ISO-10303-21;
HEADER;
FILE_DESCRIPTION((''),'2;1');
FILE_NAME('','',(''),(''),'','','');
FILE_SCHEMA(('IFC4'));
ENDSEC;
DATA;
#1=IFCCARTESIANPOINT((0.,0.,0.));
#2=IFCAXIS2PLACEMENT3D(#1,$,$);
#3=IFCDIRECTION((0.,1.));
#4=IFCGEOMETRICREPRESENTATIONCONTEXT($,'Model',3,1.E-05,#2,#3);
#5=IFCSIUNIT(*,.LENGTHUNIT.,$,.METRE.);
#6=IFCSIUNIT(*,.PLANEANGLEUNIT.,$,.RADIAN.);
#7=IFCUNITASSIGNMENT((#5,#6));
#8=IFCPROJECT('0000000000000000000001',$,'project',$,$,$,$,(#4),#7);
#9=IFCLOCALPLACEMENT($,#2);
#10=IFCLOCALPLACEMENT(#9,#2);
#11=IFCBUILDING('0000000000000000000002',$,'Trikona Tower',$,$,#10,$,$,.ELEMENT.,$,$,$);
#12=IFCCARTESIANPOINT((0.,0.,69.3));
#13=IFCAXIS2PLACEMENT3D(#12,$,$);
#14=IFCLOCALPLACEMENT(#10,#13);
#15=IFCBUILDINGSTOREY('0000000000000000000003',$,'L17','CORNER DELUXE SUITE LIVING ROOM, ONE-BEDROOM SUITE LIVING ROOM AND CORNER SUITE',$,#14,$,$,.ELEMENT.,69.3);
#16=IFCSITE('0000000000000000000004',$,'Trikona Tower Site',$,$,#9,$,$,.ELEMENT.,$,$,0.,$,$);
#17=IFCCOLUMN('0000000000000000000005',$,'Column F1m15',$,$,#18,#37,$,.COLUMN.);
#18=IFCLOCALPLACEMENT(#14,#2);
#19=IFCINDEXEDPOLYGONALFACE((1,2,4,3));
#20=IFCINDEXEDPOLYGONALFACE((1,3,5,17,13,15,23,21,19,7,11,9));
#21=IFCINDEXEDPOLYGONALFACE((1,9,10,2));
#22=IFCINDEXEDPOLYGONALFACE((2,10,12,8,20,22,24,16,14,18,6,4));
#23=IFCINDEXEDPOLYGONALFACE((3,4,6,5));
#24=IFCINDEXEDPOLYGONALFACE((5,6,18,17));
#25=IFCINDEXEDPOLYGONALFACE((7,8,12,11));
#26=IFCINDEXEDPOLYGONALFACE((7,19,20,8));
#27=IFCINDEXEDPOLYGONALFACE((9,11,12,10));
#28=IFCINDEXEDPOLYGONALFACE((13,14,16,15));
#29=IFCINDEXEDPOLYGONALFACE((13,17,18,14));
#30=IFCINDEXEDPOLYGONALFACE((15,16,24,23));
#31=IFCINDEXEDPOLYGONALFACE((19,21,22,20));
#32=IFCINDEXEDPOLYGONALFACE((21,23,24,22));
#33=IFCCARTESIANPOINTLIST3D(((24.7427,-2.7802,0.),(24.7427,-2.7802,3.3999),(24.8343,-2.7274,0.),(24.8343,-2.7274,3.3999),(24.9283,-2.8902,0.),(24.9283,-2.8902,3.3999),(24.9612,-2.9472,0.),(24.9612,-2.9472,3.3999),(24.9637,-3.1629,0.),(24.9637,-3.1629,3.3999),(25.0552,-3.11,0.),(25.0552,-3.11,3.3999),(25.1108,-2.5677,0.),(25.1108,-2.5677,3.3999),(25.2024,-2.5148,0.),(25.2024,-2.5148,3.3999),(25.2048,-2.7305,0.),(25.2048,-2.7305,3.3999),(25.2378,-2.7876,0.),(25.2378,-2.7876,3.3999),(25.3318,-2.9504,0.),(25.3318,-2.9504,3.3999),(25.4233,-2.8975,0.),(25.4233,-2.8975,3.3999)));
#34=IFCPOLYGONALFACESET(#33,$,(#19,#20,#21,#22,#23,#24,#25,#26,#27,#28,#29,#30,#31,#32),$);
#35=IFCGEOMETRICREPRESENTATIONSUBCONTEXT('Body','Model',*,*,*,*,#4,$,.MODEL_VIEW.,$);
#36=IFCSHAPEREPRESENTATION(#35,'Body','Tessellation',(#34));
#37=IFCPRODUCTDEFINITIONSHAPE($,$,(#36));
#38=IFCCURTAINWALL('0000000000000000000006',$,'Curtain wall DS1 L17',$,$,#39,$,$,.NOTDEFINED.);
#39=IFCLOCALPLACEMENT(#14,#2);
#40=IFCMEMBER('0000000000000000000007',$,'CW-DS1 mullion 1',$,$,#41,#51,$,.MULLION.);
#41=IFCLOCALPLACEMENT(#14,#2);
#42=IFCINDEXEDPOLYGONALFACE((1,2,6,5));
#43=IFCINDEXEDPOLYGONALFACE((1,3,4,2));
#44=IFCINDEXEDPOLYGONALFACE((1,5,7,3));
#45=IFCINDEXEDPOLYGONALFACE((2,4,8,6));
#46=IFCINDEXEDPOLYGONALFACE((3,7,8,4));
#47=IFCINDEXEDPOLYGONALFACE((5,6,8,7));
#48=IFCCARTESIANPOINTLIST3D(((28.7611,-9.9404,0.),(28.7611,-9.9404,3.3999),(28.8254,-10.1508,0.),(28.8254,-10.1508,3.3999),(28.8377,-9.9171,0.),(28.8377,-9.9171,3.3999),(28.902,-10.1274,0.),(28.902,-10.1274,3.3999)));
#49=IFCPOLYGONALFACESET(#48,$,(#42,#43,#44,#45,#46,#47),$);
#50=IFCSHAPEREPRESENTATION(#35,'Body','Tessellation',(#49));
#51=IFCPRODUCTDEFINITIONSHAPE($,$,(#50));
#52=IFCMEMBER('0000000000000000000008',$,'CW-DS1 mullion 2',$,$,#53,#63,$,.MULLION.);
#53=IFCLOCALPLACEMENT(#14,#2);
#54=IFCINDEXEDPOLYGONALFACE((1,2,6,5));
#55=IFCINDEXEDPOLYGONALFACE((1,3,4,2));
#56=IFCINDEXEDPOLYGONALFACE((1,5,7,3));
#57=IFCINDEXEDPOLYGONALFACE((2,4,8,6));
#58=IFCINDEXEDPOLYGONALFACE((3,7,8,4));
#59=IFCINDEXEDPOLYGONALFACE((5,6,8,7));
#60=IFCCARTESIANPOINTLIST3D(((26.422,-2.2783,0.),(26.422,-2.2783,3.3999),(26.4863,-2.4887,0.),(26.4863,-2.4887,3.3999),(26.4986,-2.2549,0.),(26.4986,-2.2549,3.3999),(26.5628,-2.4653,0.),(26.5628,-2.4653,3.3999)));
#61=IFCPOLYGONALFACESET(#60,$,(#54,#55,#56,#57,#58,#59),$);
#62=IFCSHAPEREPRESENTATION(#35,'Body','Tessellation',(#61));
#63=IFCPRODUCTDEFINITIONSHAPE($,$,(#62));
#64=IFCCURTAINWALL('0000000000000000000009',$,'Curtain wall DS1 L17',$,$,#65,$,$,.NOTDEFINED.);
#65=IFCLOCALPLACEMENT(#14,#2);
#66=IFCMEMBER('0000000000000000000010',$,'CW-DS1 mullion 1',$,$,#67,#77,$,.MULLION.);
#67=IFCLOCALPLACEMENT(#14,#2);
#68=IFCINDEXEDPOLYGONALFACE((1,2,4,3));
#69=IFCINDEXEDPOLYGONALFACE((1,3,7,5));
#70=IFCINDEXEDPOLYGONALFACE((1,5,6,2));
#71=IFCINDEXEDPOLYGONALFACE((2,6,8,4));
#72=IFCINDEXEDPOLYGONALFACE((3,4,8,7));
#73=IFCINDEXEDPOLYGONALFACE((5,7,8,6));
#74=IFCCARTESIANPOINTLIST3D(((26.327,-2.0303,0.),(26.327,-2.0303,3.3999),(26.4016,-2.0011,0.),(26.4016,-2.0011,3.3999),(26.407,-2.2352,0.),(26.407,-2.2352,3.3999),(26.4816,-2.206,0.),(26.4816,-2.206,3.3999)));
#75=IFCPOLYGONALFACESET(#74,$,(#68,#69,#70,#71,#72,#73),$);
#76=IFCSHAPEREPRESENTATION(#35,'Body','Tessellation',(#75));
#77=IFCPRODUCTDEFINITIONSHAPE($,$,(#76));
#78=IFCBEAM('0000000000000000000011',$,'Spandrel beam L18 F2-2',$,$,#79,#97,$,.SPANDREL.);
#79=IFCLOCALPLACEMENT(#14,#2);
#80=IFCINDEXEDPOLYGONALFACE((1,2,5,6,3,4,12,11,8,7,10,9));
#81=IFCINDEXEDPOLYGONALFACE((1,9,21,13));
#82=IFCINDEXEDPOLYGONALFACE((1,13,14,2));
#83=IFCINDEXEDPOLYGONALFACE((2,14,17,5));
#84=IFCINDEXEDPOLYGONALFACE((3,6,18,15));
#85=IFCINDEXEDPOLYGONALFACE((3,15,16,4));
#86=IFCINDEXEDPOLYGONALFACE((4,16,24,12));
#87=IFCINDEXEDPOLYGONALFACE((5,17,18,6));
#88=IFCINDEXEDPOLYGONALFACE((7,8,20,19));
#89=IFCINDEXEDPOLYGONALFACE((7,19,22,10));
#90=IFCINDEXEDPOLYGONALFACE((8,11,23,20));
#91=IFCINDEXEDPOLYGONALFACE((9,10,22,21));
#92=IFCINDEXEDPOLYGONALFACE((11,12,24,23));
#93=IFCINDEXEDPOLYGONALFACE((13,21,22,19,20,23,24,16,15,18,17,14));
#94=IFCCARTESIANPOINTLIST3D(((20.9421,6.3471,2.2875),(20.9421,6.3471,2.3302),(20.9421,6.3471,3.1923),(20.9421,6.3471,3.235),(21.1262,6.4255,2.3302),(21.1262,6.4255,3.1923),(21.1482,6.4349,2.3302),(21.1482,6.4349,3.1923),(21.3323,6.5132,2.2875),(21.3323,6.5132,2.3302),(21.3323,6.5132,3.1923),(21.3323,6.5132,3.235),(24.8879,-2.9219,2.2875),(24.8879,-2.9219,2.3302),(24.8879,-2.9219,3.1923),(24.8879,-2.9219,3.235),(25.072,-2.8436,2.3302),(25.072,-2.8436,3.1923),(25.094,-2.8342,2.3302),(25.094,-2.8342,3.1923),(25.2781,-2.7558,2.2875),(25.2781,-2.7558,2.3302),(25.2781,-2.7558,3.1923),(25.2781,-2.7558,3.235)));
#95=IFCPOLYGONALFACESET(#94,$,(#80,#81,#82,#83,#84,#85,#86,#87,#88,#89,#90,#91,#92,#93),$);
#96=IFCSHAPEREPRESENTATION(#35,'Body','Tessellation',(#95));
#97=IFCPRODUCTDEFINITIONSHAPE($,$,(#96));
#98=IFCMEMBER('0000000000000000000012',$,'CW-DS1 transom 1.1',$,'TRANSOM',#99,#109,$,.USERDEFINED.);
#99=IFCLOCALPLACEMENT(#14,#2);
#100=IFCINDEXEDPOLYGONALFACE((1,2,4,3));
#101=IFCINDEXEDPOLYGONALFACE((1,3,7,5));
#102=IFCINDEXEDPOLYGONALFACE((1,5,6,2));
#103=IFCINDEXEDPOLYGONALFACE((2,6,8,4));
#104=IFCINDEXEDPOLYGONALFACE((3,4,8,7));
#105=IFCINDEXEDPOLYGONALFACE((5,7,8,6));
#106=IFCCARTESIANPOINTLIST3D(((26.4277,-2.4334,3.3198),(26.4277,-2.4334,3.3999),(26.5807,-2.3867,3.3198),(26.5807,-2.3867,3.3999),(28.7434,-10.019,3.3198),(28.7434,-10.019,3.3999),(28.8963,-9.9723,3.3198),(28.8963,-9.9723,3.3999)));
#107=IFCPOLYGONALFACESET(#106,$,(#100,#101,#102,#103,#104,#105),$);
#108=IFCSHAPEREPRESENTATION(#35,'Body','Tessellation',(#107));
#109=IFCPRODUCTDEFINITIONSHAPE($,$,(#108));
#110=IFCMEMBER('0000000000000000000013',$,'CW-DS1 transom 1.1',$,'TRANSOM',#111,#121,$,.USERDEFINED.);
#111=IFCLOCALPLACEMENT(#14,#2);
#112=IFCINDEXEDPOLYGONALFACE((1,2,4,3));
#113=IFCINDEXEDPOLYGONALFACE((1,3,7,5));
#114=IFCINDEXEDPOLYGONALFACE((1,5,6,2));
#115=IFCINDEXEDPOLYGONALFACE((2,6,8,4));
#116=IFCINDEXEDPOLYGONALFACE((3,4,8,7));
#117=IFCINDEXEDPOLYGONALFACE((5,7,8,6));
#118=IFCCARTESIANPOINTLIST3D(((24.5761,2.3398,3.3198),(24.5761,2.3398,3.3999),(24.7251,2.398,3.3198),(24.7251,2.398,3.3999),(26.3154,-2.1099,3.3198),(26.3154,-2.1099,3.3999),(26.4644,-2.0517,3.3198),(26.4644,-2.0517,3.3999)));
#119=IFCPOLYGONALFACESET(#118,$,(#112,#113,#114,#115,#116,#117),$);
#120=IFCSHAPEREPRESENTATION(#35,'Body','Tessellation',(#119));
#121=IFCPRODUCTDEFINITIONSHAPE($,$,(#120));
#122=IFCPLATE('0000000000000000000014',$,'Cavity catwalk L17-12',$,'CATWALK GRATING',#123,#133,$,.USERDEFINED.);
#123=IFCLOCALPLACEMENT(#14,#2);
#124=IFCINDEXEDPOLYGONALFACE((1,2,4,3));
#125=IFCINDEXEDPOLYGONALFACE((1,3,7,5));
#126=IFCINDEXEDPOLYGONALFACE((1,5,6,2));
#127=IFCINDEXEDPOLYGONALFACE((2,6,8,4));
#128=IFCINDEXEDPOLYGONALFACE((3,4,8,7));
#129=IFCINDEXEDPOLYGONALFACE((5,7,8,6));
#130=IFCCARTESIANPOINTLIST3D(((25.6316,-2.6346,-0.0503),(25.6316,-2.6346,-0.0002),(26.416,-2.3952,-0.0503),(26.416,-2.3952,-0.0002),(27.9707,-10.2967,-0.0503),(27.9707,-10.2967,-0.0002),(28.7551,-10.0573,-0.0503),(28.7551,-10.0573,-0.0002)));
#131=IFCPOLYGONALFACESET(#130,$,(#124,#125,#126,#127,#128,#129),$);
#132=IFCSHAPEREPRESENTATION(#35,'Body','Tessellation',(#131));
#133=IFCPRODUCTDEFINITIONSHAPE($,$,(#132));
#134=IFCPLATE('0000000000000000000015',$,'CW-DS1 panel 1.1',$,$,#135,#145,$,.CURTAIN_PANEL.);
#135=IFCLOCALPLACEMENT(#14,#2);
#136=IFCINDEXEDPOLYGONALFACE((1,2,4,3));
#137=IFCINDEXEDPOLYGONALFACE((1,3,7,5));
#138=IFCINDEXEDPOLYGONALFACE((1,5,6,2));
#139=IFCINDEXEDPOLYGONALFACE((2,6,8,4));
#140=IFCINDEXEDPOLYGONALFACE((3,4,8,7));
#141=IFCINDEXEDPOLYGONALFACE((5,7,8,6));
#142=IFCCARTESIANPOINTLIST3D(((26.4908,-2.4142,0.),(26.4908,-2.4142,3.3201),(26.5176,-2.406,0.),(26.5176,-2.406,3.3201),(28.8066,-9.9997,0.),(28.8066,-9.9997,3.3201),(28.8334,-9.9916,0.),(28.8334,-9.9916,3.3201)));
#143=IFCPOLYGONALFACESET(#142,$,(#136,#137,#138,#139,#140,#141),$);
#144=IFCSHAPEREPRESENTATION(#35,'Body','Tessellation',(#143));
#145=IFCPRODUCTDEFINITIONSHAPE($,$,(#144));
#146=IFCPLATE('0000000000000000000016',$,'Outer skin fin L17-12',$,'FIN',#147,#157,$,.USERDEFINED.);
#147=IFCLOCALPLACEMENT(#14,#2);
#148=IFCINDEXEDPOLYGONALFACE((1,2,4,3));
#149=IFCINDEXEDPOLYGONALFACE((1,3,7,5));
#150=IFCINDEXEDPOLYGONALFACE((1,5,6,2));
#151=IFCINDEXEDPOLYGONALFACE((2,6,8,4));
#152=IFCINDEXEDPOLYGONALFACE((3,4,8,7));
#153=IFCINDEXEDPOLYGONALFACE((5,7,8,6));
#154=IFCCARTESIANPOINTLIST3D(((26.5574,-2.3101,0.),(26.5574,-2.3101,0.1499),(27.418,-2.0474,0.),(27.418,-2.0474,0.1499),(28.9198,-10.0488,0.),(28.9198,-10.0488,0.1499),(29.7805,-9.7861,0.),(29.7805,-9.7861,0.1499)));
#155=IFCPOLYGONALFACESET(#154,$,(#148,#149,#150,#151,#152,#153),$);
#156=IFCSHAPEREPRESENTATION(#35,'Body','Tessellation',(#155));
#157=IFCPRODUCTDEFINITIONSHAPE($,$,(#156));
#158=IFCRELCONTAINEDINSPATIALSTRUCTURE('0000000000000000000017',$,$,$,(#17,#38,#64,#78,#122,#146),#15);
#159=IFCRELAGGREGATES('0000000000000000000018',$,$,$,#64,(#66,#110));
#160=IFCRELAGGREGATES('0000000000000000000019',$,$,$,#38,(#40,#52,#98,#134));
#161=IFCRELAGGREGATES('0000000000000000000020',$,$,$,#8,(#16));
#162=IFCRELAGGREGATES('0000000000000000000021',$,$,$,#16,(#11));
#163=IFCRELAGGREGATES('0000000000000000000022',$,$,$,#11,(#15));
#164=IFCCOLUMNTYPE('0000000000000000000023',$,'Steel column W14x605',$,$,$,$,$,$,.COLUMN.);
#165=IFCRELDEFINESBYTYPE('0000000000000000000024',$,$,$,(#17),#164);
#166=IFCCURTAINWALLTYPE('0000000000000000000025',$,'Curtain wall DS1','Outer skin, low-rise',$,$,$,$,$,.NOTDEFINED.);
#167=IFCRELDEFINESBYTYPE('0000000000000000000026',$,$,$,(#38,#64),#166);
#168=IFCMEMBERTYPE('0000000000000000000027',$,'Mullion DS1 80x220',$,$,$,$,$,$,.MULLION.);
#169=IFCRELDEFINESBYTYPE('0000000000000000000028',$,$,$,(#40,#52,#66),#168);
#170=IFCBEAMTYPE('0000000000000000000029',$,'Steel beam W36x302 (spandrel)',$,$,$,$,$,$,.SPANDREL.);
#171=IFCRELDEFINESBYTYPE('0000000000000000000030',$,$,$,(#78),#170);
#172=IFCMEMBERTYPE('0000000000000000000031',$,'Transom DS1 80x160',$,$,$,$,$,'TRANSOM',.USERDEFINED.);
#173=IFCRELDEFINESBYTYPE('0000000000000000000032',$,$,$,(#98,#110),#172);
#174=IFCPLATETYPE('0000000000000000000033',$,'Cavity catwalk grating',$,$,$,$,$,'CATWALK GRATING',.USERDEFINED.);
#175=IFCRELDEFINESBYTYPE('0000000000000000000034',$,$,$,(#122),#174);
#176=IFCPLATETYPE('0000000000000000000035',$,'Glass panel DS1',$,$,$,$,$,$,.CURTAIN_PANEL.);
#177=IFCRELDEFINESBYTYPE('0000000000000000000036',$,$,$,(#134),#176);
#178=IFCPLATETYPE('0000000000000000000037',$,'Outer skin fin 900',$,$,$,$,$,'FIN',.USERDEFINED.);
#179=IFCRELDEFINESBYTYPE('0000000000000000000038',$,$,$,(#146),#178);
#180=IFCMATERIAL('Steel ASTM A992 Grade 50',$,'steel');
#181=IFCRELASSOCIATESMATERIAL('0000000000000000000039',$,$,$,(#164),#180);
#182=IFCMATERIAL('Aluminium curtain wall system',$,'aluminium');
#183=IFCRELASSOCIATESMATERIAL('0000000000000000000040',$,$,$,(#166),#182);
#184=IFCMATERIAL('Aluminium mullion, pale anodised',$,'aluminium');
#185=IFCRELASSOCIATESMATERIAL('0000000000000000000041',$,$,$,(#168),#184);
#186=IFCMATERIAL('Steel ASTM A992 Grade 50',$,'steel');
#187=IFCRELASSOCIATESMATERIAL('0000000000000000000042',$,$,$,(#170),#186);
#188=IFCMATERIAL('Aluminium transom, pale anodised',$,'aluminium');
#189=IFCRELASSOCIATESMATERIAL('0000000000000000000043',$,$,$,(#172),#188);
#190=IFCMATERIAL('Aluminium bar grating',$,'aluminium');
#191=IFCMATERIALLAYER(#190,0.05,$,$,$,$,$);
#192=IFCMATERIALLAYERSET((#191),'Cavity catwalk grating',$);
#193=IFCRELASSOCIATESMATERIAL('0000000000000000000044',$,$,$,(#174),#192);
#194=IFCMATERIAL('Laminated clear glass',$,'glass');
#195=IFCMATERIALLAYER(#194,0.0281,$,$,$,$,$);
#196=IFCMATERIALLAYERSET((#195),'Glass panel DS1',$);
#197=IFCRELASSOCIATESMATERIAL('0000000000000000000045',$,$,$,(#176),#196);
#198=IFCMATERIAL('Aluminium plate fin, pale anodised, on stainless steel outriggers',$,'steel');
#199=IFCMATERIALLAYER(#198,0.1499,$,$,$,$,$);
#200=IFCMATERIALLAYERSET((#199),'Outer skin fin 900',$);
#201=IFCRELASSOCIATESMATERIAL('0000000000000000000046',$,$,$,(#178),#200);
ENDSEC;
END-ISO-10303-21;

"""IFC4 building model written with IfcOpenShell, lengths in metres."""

from ifc_helpers import new_model, si_unit, direction, frame, origin, origin_2d, place, context, subcontext, project, spatial, rectangle, i_section, extrude, material, layer, layer_set, material_profile, profile_set, type_object, element, aggregate, save


model = new_model("IFC4")

# Units and contexts
model_context = context("Model", 3, precision=1e-05, world=origin(), true_north=direction((0.0, 1.0)))
body_context = subcontext(model_context, "Body", "Model", "MODEL_VIEW")
ifc_project = project(units=[si_unit("LENGTHUNIT", "METRE"), si_unit("PLANEANGLEUNIT", "RADIAN")], contexts=[model_context])

# Site, building, storey
site_placement = place(None, origin())
site = spatial("IfcSite", under=ifc_project, at=site_placement, Name="Trikona Tower Site", CompositionType="ELEMENT", RefElevation=0.0)
building_placement = place(site_placement, origin())
building = spatial("IfcBuilding", under=site, at=building_placement, Name="Trikona Tower", CompositionType="ELEMENT")
storey_placement = place(building_placement, frame((0.0, 0.0, 69.3)))
storey = spatial("IfcBuildingStorey", under=building, at=storey_placement, Name="L17", Description="CORNER DELUXE SUITE LIVING ROOM, ONE-BEDROOM SUITE LIVING ROOM AND CORNER SUITE", CompositionType="ELEMENT", Elevation=69.3)

# Column
ifc_material_1 = material(Name="Steel ASTM A992 Grade 50", Category="steel")
ifc_material_profile_1 = material_profile(ifc_material_1, i_section(OverallWidth=0.4419, OverallDepth=0.5308, WebThickness=0.0659, FlangeThickness=0.1057, at=origin_2d()), Name="W14X605")
ifc_profile_set_1 = profile_set([ifc_material_profile_1], Name="Steel ASTM A992 Grade 50")
column_type = type_object("IfcColumnType", Name="Steel column W14x605", PredefinedType="COLUMN", material=ifc_profile_set_1)
column_placement = place(storey_placement, frame((25.083, -2.8389, 0.0), z_axis=(0.0, 0.0, 1.0), x_axis=(-0.5, 0.866025, 0.0)))
element("IfcColumn", 1, at=column_placement, inside=storey, type_object=column_type, Name="Column F1m15", PredefinedType="COLUMN", context=body_context, shape_type="SweptSolid", body=[
    extrude(i_section(OverallWidth=0.4419, OverallDepth=0.5308, WebThickness=0.0659, FlangeThickness=0.1057, at=origin_2d()), origin(), (0.0, 0.0, 1.0), 3.3999),
])

# Curtain wall, members
ifc_material_2 = material(Name="Aluminium curtain wall system", Category="aluminium")
curtain_wall_type = type_object("IfcCurtainWallType", Name="Curtain wall DS1", Description="Outer skin, low-rise", PredefinedType="NOTDEFINED", material=ifc_material_2)
curtain_wall_1_placement = place(storey_placement, origin())
curtain_wall_1 = element("IfcCurtainWall", 2, at=curtain_wall_1_placement, inside=storey, type_object=curtain_wall_type, Name="Curtain wall DS1 L17", PredefinedType="NOTDEFINED")
ifc_material_3 = material(Name="Aluminium mullion, pale anodised", Category="aluminium")
ifc_material_profile_2 = material_profile(ifc_material_3, rectangle(XDim=0.0801, YDim=0.22, at=origin_2d()), Name="MUL-DS1")
ifc_profile_set_2 = profile_set([ifc_material_profile_2], Name="Aluminium mullion, pale anodised")
member_type_1 = type_object("IfcMemberType", Name="Mullion DS1 80x220", PredefinedType="MULLION", material=ifc_profile_set_2)
member_1_placement = place(storey_placement, frame((28.8315, -10.0339, 0.0), z_axis=(0.0, 0.0, 1.0), x_axis=(-0.956423, -0.291984, 0.0)))
member_1 = element("IfcMember", 3, at=member_1_placement, type_object=member_type_1, Name="CW-DS1 mullion 1", PredefinedType="MULLION", context=body_context, shape_type="SweptSolid", body=[
    extrude(rectangle(XDim=0.0801, YDim=0.22, at=origin_2d()), origin(), (0.0, 0.0, 1.0), 3.3999),
])
member_2_placement = place(storey_placement, frame((26.4924, -2.3718, 0.0), z_axis=(0.0, 0.0, 1.0), x_axis=(-0.956423, -0.291984, 0.0)))
member_2 = element("IfcMember", 4, at=member_2_placement, type_object=member_type_1, Name="CW-DS1 mullion 2", PredefinedType="MULLION", context=body_context, shape_type="SweptSolid", body=[
    extrude(rectangle(XDim=0.0801, YDim=0.22, at=origin_2d()), origin(), (0.0, 0.0, 1.0), 3.3999),
])

# Curtain wall, member
curtain_wall_2_placement = place(storey_placement, origin())
curtain_wall_2 = element("IfcCurtainWall", 5, at=curtain_wall_2_placement, inside=storey, type_object=curtain_wall_type, Name="Curtain wall DS1 L17", PredefinedType="NOTDEFINED")
member_3_placement = place(storey_placement, frame((26.4043, -2.1182, 0.0), z_axis=(0.0, 0.0, 1.0), x_axis=(-0.931396, -0.364008, 0.0)))
member_3 = element("IfcMember", 6, at=member_3_placement, type_object=member_type_1, Name="CW-DS1 mullion 1", PredefinedType="MULLION", context=body_context, shape_type="SweptSolid", body=[
    extrude(rectangle(XDim=0.0801, YDim=0.22, at=origin_2d()), origin(), (0.0, 0.0, 1.0), 3.3999),
])

# Beam
ifc_material_4 = material(Name="Steel ASTM A992 Grade 50", Category="steel")
ifc_material_profile_3 = material_profile(ifc_material_4, i_section(OverallWidth=0.4241, OverallDepth=0.9475, WebThickness=0.0239, FlangeThickness=0.0427, at=origin_2d()), Name="W36X302")
ifc_profile_set_3 = profile_set([ifc_material_profile_3], Name="Steel ASTM A992 Grade 50")
beam_type = type_object("IfcBeamType", Name="Steel beam W36x302 (spandrel)", PredefinedType="SPANDREL", material=ifc_profile_set_3)
beam_placement = place(storey_placement, frame((25.083, -2.8389, 2.7612), z_axis=(-0.391684, 0.9201, 0.0), x_axis=(-0.9201, -0.391684, 0.0)))
element("IfcBeam", 7, at=beam_placement, inside=storey, type_object=beam_type, Name="Spandrel beam L18 F2-2", PredefinedType="SPANDREL", context=body_context, shape_type="SweptSolid", body=[
    extrude(i_section(OverallWidth=0.4241, OverallDepth=0.9475, WebThickness=0.0239, FlangeThickness=0.0427, at=origin_2d()), origin(), (0.0, 0.0, 1.0), 10.074),
])

# Members
ifc_material_5 = material(Name="Aluminium transom, pale anodised", Category="aluminium")
ifc_material_profile_4 = material_profile(ifc_material_5, rectangle(XDim=0.1599, YDim=0.0801, at=origin_2d()), Name="TRN-DS1")
ifc_profile_set_4 = profile_set([ifc_material_profile_4], Name="Aluminium transom, pale anodised")
member_type_2 = type_object("IfcMemberType", Name="Transom DS1 80x160", ElementType="TRANSOM", PredefinedType="USERDEFINED", material=ifc_profile_set_4)
member_4_placement = place(storey_placement, frame((28.8198, -9.9956, 3.3599), z_axis=(-0.291967, 0.956428, 0.0), x_axis=(-0.956428, -0.291967, 0.0)))
member_4 = element("IfcMember", 8, at=member_4_placement, type_object=member_type_2, Name="CW-DS1 transom 1.1", ObjectType="TRANSOM", PredefinedType="USERDEFINED", context=body_context, shape_type="SweptSolid", body=[
    extrude(rectangle(XDim=0.1599, YDim=0.0801, at=origin_2d()), origin(), (0.0, 0.0, 1.0), 7.9312),
])
member_5_placement = place(storey_placement, frame((26.3899, -2.0808, 3.3599), z_axis=(-0.364049, 0.93138, 0.0), x_axis=(-0.93138, -0.364049, 0.0)))
member_5 = element("IfcMember", 9, at=member_5_placement, type_object=member_type_2, Name="CW-DS1 transom 1.1", ObjectType="TRANSOM", PredefinedType="USERDEFINED", context=body_context, shape_type="SweptSolid", body=[
    extrude(rectangle(XDim=0.1599, YDim=0.0801, at=origin_2d()), origin(), (0.0, 0.0, 1.0), 4.7776),
])
aggregate(curtain_wall_2, [member_3, member_5])

# Plates
ifc_material_6 = material(Name="Aluminium bar grating", Category="aluminium")
ifc_layer_1 = layer(ifc_material_6, 0.05)
ifc_layer_set_1 = layer_set([ifc_layer_1], Name="Cavity catwalk grating")
plate_type_1 = type_object("IfcPlateType", Name="Cavity catwalk grating", ElementType="CATWALK GRATING", PredefinedType="USERDEFINED", material=ifc_layer_set_1)
plate_1_placement = place(storey_placement, frame((27.1934, -6.3459, -0.0503), z_axis=(0.0, 0.0, 1.0), x_axis=(-0.291979, 0.956425, 0.0)))
element("IfcPlate", 10, at=plate_1_placement, inside=storey, type_object=plate_type_1, Name="Cavity catwalk L17-12", ObjectType="CATWALK GRATING", PredefinedType="USERDEFINED", context=body_context, shape_type="SweptSolid", body=[
    extrude(rectangle(XDim=8.0112, YDim=0.8201, at=origin_2d()), origin(), (0.0, 0.0, 1.0), 0.05),
])
ifc_material_7 = material(Name="Laminated clear glass", Category="glass")
ifc_layer_2 = layer(ifc_material_7, 0.0281)
ifc_layer_set_2 = layer_set([ifc_layer_2], Name="Glass panel DS1")
plate_type_2 = type_object("IfcPlateType", Name="Glass panel DS1", PredefinedType="CURTAIN_PANEL", material=ifc_layer_set_2)
plate_2_placement = place(storey_placement, frame((27.6621, -6.2029, 0.0), z_axis=(0.0, 0.0, 1.0), x_axis=(-0.291984, 0.956423, 0.0)))
plate_2 = element("IfcPlate", 11, at=plate_2_placement, type_object=plate_type_2, Name="CW-DS1 panel 1.1", PredefinedType="CURTAIN_PANEL", context=body_context, shape_type="SweptSolid", body=[
    extrude(rectangle(XDim=7.9312, YDim=0.0281, at=origin_2d()), origin(), (0.0, 0.0, 1.0), 3.3201),
])
aggregate(curtain_wall_1, [member_1, member_2, member_4, plate_2])
ifc_material_8 = material(Name="Aluminium plate fin, pale anodised, on stainless steel outriggers", Category="steel")
ifc_layer_3 = layer(ifc_material_8, 0.1499)
ifc_layer_set_3 = layer_set([ifc_layer_3], Name="Outer skin fin 900")
plate_type_3 = type_object("IfcPlateType", Name="Outer skin fin 900", ElementType="FIN", PredefinedType="USERDEFINED", material=ifc_layer_set_3)
plate_3_placement = place(storey_placement, frame((28.1689, -6.0481, 0.0), z_axis=(0.0, 0.0, 1.0), x_axis=(-0.291979, 0.956425, 0.0)))
element("IfcPlate", 12, at=plate_3_placement, inside=storey, type_object=plate_type_3, Name="Outer skin fin L17-12", ObjectType="FIN", PredefinedType="USERDEFINED", context=body_context, shape_type="SweptSolid", body=[
    extrude(rectangle(XDim=8.0913, YDim=0.8999, at=origin_2d()), origin(), (0.0, 0.0, 1.0), 0.1499),
])

save(model, "model.ifc")
